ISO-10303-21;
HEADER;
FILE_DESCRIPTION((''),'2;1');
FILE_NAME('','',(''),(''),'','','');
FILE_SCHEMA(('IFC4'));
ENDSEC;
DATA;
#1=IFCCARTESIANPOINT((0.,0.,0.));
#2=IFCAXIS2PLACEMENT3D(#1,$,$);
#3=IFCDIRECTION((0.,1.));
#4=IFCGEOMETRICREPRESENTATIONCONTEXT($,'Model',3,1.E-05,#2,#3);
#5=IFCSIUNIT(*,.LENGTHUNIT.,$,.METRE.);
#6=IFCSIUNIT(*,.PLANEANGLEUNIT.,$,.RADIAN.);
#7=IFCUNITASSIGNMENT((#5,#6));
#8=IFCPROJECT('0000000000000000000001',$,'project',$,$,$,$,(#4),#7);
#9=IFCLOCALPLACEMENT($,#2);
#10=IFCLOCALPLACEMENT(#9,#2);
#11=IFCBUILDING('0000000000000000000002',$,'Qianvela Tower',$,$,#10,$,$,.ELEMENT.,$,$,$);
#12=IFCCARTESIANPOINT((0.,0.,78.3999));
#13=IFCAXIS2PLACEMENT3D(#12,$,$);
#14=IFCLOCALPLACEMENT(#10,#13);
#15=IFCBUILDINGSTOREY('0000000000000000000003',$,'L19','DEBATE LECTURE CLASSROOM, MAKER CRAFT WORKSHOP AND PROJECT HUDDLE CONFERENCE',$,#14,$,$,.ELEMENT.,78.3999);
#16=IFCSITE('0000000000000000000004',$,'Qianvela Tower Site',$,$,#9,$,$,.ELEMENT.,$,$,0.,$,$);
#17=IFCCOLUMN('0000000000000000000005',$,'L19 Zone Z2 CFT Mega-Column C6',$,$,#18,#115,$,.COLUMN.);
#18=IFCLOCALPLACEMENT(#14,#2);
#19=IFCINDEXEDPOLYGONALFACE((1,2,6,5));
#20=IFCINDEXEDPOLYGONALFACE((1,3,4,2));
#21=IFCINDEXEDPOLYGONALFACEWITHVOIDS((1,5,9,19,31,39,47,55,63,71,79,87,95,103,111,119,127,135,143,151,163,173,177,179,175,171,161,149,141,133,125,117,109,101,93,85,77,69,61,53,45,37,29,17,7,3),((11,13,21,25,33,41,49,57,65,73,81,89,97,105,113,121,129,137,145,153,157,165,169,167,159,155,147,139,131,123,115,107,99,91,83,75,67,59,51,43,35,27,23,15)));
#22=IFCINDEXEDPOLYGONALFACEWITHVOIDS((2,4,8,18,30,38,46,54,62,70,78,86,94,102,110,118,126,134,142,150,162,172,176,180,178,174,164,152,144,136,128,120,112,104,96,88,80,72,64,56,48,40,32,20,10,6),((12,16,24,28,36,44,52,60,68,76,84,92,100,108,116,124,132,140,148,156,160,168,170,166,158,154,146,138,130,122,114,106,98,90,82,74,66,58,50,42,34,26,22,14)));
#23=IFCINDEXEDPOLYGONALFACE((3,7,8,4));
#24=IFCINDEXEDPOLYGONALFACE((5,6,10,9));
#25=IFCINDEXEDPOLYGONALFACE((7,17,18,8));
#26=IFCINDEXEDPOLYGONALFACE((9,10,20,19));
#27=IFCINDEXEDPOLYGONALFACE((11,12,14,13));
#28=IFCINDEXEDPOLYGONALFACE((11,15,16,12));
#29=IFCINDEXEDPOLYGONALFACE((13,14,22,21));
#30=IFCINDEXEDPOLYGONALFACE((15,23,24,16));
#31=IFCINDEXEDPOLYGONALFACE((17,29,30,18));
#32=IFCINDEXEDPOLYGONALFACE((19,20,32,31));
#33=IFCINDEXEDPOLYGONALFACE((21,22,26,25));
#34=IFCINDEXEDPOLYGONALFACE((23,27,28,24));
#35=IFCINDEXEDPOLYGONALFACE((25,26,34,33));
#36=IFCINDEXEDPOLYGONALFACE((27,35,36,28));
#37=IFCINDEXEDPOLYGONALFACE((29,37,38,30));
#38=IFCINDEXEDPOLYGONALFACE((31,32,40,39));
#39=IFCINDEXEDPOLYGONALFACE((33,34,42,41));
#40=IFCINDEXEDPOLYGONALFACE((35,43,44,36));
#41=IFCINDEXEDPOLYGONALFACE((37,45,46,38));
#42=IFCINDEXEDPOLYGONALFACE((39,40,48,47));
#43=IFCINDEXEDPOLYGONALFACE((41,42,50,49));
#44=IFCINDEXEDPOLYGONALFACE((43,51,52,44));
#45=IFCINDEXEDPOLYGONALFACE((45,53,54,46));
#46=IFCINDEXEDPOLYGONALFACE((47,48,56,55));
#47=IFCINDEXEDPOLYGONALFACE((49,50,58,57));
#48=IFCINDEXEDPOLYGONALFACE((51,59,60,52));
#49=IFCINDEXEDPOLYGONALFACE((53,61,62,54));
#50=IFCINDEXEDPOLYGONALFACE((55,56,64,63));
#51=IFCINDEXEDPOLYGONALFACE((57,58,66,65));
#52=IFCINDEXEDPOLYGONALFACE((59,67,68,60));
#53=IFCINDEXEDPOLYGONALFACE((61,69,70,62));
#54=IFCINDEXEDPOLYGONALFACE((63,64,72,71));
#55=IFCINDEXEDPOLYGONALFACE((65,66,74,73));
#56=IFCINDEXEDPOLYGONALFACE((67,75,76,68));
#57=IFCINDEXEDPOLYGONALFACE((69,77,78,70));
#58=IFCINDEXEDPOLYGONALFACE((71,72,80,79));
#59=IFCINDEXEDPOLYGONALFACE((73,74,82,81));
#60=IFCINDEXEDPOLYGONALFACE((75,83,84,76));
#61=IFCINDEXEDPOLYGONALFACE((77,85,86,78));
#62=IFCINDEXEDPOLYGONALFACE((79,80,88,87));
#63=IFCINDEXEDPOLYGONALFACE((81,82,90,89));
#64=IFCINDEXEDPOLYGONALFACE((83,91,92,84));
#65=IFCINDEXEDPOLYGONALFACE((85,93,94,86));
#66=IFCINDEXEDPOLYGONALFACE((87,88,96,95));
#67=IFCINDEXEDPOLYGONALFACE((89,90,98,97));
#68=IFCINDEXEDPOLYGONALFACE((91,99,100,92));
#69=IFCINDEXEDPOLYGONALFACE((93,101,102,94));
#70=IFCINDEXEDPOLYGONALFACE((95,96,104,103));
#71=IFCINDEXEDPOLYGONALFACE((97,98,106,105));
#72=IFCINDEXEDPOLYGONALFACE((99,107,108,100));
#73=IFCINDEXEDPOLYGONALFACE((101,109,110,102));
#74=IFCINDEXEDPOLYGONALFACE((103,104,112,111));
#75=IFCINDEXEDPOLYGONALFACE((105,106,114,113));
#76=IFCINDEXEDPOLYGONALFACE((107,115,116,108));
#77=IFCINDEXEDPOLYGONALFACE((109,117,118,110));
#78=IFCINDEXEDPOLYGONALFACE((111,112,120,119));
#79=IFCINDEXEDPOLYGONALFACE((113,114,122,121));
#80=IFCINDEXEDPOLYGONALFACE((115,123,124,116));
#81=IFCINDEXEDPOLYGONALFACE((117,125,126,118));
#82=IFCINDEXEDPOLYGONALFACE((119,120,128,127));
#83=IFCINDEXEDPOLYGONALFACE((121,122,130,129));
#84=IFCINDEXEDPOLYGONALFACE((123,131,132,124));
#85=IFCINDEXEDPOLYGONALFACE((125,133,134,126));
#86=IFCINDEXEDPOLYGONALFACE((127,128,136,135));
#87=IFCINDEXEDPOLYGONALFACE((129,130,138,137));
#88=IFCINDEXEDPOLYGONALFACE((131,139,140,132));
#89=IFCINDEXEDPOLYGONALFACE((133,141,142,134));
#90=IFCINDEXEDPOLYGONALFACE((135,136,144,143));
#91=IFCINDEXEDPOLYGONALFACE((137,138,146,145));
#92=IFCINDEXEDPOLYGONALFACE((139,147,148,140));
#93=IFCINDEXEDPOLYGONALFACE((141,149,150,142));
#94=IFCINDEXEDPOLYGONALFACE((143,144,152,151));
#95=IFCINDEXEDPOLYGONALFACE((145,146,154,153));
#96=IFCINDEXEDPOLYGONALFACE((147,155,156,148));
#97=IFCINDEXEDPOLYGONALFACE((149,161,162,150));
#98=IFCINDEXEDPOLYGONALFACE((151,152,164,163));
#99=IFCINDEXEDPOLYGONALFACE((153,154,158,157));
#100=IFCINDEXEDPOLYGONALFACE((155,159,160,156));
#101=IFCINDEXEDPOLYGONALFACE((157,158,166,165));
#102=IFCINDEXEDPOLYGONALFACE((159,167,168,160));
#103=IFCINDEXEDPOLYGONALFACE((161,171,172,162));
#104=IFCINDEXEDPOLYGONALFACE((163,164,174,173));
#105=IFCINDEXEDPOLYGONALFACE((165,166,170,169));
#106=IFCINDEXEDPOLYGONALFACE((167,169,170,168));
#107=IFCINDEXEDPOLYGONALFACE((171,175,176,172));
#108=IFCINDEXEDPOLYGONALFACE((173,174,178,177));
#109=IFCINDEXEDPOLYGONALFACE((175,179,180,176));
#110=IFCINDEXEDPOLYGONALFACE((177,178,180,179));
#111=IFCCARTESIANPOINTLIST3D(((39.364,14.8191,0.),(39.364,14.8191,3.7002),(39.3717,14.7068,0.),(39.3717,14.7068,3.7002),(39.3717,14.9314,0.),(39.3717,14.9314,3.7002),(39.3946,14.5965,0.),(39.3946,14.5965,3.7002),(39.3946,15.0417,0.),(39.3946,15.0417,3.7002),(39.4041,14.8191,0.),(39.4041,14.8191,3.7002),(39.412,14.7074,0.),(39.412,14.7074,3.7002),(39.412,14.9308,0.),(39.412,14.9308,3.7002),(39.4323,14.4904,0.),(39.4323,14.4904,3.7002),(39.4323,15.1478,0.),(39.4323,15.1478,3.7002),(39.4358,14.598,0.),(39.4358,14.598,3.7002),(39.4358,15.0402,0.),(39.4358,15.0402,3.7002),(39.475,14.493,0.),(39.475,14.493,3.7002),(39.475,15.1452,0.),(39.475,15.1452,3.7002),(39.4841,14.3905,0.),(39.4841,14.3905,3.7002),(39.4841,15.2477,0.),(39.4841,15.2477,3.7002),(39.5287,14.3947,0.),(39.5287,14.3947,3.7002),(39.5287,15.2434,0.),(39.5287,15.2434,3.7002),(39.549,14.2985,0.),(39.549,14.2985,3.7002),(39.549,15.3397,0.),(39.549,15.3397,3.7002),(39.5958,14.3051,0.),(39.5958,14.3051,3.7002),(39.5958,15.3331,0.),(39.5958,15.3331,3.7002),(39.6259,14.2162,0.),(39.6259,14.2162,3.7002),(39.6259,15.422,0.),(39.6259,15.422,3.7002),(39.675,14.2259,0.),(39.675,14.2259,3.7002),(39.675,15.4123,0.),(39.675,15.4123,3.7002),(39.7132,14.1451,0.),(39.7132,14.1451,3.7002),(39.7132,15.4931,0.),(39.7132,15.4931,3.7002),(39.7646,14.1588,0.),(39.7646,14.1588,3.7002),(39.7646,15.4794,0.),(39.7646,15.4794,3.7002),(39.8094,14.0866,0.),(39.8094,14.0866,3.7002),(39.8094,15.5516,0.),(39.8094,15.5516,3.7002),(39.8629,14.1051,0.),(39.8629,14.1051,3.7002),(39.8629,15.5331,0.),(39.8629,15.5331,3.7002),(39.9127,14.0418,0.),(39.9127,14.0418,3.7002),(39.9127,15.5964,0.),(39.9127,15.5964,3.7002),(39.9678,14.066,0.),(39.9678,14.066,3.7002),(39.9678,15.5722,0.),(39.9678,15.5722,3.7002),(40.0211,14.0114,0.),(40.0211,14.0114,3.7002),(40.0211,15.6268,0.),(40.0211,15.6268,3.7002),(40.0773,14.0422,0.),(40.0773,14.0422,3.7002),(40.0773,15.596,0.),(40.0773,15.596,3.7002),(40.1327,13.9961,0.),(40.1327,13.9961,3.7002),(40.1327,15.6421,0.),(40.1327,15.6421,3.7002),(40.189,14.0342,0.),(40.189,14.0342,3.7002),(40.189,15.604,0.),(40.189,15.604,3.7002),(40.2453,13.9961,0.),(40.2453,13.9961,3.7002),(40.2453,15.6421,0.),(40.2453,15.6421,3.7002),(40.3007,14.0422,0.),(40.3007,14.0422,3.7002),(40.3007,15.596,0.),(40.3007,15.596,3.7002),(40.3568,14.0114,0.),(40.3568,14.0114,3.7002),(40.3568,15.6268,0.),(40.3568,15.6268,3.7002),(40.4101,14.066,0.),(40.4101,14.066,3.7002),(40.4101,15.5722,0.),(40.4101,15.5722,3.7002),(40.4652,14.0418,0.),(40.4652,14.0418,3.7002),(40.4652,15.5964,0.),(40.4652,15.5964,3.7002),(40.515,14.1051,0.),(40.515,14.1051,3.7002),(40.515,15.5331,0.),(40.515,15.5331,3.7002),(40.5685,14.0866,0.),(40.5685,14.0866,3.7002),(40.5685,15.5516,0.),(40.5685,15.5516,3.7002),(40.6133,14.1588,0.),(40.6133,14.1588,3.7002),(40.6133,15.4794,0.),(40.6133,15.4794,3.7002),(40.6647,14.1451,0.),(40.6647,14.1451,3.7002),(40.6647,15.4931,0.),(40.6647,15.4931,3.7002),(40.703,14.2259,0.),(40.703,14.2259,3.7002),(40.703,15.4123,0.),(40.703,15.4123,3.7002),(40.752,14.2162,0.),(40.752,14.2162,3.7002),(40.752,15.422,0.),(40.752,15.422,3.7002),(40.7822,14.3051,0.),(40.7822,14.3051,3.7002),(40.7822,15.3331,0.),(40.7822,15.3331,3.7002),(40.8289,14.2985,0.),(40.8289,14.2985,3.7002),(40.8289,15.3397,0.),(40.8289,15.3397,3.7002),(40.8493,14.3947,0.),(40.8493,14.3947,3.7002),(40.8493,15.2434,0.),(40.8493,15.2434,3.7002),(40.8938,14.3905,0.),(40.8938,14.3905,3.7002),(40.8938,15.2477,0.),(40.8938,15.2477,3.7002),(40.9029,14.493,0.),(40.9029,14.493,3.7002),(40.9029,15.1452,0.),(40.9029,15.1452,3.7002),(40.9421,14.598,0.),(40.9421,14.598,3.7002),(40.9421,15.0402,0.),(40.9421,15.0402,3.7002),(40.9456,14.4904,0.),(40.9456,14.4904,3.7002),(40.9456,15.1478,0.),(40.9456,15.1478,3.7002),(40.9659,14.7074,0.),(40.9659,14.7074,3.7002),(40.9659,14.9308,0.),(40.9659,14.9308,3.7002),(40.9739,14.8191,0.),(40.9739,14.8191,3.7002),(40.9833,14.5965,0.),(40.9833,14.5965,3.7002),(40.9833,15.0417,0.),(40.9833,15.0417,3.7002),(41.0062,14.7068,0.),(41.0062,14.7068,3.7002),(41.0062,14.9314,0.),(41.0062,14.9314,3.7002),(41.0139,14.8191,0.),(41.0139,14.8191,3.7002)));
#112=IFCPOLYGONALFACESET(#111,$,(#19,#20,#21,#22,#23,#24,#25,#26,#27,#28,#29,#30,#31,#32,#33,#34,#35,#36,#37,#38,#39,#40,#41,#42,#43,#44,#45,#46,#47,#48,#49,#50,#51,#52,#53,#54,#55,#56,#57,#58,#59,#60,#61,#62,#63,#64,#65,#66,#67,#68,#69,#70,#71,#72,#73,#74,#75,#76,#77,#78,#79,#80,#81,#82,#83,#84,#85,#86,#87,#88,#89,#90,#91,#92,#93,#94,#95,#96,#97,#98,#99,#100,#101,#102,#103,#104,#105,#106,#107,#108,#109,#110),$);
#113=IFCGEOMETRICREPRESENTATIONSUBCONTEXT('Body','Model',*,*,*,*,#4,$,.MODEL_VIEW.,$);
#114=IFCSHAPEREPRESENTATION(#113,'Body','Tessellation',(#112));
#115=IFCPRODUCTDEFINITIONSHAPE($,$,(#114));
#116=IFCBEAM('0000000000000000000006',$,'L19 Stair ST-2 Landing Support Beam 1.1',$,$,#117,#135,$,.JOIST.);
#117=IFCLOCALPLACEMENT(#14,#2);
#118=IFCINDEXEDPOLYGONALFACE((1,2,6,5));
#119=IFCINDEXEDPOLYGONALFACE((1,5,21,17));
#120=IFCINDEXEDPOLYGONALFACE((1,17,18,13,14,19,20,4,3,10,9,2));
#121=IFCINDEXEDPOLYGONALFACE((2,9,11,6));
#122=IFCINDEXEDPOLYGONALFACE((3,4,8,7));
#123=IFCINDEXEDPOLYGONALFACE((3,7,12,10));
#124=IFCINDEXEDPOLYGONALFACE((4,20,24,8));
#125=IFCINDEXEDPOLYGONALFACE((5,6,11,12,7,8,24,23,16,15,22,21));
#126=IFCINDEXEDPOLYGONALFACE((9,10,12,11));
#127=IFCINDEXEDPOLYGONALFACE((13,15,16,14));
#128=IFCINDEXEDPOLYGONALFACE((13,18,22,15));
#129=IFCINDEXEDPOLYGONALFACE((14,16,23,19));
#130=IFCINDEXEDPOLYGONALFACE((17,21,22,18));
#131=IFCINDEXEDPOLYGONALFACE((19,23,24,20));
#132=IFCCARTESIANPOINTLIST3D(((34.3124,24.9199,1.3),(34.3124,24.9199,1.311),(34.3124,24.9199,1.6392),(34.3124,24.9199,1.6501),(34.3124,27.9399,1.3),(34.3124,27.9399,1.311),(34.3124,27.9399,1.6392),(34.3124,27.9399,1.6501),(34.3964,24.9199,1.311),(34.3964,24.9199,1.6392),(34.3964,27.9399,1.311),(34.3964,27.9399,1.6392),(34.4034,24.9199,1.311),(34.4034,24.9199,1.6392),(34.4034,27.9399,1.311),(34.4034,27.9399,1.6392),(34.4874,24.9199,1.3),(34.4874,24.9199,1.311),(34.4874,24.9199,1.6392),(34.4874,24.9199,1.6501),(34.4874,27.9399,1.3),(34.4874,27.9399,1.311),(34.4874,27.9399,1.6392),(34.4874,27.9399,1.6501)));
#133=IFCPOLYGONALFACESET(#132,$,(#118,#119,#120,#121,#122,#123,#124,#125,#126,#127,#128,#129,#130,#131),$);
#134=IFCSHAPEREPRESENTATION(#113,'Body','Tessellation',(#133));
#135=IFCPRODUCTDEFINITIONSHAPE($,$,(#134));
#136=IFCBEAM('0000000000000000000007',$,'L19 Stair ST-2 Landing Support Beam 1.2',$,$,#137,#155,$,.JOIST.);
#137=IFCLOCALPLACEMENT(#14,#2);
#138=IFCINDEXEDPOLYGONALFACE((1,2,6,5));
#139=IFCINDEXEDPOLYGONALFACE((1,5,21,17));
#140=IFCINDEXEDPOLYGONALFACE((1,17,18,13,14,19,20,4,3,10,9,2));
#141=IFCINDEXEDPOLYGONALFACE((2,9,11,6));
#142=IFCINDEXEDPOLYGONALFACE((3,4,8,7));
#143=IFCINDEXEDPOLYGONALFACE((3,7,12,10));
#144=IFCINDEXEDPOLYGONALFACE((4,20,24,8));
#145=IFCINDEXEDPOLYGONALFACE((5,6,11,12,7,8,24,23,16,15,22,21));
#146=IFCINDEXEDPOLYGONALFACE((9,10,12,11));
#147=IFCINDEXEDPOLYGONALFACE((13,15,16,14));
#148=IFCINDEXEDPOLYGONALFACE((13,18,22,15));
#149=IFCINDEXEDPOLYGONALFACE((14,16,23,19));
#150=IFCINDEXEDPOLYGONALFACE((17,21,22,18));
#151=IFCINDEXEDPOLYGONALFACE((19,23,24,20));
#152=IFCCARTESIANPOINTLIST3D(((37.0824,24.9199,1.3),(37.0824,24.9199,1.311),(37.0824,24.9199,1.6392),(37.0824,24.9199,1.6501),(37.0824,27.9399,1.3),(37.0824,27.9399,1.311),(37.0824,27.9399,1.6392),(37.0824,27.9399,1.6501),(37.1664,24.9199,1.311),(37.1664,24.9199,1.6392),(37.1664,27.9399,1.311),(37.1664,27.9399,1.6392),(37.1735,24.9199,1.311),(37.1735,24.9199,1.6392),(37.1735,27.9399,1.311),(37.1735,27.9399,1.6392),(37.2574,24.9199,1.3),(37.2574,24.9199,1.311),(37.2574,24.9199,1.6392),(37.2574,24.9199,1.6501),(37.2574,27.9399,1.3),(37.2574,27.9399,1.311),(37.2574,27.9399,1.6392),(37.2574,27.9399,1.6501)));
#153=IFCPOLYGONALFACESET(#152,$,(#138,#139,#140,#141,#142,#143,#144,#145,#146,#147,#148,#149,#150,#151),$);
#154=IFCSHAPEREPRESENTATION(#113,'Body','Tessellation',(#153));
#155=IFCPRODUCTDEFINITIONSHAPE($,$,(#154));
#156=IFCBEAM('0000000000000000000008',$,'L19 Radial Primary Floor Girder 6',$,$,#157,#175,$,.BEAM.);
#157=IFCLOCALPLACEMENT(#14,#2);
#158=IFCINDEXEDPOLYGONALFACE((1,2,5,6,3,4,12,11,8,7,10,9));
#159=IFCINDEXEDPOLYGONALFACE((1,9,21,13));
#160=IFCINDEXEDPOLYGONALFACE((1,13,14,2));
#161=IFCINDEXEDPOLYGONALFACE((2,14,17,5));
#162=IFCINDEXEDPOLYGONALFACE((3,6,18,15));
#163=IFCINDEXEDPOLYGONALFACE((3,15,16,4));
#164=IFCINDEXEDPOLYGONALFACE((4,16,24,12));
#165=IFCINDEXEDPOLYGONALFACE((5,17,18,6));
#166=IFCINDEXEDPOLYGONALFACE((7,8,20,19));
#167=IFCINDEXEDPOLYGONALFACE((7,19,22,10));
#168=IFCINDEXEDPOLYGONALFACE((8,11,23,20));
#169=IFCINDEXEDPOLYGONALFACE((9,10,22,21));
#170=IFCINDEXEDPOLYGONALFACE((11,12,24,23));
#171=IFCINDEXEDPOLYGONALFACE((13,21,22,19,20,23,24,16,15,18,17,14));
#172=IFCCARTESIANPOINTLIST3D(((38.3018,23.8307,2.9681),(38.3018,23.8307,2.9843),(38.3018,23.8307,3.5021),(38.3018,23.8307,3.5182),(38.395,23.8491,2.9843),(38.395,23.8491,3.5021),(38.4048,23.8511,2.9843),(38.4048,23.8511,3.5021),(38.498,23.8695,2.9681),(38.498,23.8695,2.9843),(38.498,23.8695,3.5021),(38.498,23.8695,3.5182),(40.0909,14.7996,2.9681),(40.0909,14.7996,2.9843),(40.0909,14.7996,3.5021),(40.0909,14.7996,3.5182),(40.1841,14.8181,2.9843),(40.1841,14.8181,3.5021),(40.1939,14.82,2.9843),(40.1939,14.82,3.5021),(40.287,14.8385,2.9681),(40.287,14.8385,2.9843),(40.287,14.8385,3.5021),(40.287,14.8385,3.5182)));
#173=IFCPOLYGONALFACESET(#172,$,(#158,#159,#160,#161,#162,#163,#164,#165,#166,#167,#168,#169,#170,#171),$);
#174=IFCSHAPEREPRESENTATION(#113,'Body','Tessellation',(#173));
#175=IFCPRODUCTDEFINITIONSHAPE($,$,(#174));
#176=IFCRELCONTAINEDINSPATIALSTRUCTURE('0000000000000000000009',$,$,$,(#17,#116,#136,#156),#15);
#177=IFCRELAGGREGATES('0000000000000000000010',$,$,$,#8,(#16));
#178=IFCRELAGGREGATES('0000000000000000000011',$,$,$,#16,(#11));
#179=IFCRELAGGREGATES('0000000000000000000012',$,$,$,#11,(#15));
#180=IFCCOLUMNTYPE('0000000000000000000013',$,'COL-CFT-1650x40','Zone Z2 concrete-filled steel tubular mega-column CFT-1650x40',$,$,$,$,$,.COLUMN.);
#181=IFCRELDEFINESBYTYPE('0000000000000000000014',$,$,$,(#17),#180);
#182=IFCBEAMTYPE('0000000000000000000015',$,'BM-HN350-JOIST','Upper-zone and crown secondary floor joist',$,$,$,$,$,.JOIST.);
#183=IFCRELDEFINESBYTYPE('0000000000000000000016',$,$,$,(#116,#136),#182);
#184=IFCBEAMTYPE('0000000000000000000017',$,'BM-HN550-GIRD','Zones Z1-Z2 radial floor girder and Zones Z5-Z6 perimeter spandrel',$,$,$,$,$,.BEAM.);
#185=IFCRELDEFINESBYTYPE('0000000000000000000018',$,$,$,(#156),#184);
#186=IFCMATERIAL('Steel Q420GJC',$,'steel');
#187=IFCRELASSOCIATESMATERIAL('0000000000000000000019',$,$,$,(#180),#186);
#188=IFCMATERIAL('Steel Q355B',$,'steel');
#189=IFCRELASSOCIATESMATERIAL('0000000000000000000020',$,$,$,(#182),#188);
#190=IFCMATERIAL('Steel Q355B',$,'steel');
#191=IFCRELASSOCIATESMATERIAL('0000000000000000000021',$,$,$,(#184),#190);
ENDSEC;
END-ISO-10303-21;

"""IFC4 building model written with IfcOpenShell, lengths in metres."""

from ifc_helpers import new_model, si_unit, direction, frame, origin, origin_2d, place, context, subcontext, project, spatial, hollow_circle, i_section, extrude, material, material_profile, profile_set, type_object, element, save


model = new_model("IFC4")

# Units and contexts
model_context = context("Model", 3, precision=1e-05, world=origin(), true_north=direction((0.0, 1.0)))
body_context = subcontext(model_context, "Body", "Model", "MODEL_VIEW")
ifc_project = project(units=[si_unit("LENGTHUNIT", "METRE"), si_unit("PLANEANGLEUNIT", "RADIAN")], contexts=[model_context])

# Site, building, storey
site_placement = place(None, origin())
site = spatial("IfcSite", under=ifc_project, at=site_placement, Name="Qianvela Tower Site", CompositionType="ELEMENT", RefElevation=0.0)
building_placement = place(site_placement, origin())
building = spatial("IfcBuilding", under=site, at=building_placement, Name="Qianvela Tower", CompositionType="ELEMENT")
storey_placement = place(building_placement, frame((0.0, 0.0, 78.3999)))
storey = spatial("IfcBuildingStorey", under=building, at=storey_placement, Name="L19", Description="DEBATE LECTURE CLASSROOM, MAKER CRAFT WORKSHOP AND PROJECT HUDDLE CONFERENCE", CompositionType="ELEMENT", Elevation=78.3999)

# Column
ifc_material_1 = material(Name="Steel Q420GJC", Category="steel")
ifc_material_profile_1 = material_profile(ifc_material_1, hollow_circle(Radius=0.825, WallThickness=0.04, at=origin_2d()), Name="CFT-1650x40")
ifc_profile_set_1 = profile_set([ifc_material_profile_1], Name="Steel Q420GJC")
column_type = type_object("IfcColumnType", Name="COL-CFT-1650x40", Description="Zone Z2 concrete-filled steel tubular mega-column CFT-1650x40", PredefinedType="COLUMN", material=ifc_profile_set_1)
for number, where, z_axis, x_axis, name in (
    (1, (40.189, 14.8191, 0.0), (0.0, 0.0, 1.0), (1.0, 0.0, 0.0), "L19 Zone Z2 CFT Mega-Column C6"),
):
    element("IfcColumn", number, at=place(storey_placement, frame(where, z_axis=z_axis, x_axis=x_axis)), inside=storey, type_object=column_type, Name=name, PredefinedType="COLUMN", context=body_context, shape_type="SweptSolid", body=[
        extrude(hollow_circle(Radius=0.825, WallThickness=0.04, at=origin_2d()), origin(), (0.0, 0.0, 1.0), 3.7002),
    ])

# Beams
ifc_material_2 = material(Name="Steel Q355B", Category="steel")
ifc_material_profile_2 = material_profile(ifc_material_2, i_section(OverallWidth=0.175, OverallDepth=0.3501, WebThickness=0.0071, FlangeThickness=0.011, at=origin_2d()), Name="HN350x175x7x11")
ifc_profile_set_2 = profile_set([ifc_material_profile_2], Name="Steel Q355B")
beam_type_1 = type_object("IfcBeamType", Name="BM-HN350-JOIST", Description="Upper-zone and crown secondary floor joist", PredefinedType="JOIST", material=ifc_profile_set_2)
for number, where, z_axis, x_axis, name in (
    (2, (34.3999, 24.9199, 1.4751), (0.0, 1.0, 0.0), (-1.0, 0.0, 0.0), "L19 Stair ST-2 Landing Support Beam 1.1"),
    (3, (37.1699, 24.9199, 1.4751), (0.0, 1.0, 0.0), (-1.0, 0.0, 0.0), "L19 Stair ST-2 Landing Support Beam 1.2"),
):
    element("IfcBeam", number, at=place(storey_placement, frame(where, z_axis=z_axis, x_axis=x_axis)), inside=storey, type_object=beam_type_1, Name=name, PredefinedType="JOIST", context=body_context, shape_type="SweptSolid", body=[
        extrude(i_section(OverallWidth=0.175, OverallDepth=0.3501, WebThickness=0.0071, FlangeThickness=0.011, at=origin_2d()), origin(), (0.0, 0.0, 1.0), 3.02),
    ])
ifc_material_3 = material(Name="Steel Q355B", Category="steel")
ifc_material_profile_3 = material_profile(ifc_material_3, i_section(OverallWidth=0.2, OverallDepth=0.55, WebThickness=0.01, FlangeThickness=0.0161, at=origin_2d()), Name="HN550x200x10x16")
ifc_profile_set_3 = profile_set([ifc_material_profile_3], Name="Steel Q355B")
beam_type_2 = type_object("IfcBeamType", Name="BM-HN550-GIRD", Description="Zones Z1-Z2 radial floor girder and Zones Z5-Z6 perimeter spandrel", PredefinedType="BEAM", material=ifc_profile_set_3)
beam_1_placement = place(storey_placement, frame((38.3999, 23.8501, 3.2432), z_axis=(0.194326, -0.980937, 0.0), x_axis=(0.980937, 0.194326, 0.0)))
element("IfcBeam", 4, at=beam_1_placement, inside=storey, type_object=beam_type_2, Name="L19 Radial Primary Floor Girder 6", PredefinedType="BEAM", context=body_context, shape_type="SweptSolid", body=[
    extrude(i_section(OverallWidth=0.2, OverallDepth=0.55, WebThickness=0.01, FlangeThickness=0.0161, at=origin_2d()), origin(), (0.0, 0.0, 1.0), 9.2065),
])

save(model, "model.ifc")
